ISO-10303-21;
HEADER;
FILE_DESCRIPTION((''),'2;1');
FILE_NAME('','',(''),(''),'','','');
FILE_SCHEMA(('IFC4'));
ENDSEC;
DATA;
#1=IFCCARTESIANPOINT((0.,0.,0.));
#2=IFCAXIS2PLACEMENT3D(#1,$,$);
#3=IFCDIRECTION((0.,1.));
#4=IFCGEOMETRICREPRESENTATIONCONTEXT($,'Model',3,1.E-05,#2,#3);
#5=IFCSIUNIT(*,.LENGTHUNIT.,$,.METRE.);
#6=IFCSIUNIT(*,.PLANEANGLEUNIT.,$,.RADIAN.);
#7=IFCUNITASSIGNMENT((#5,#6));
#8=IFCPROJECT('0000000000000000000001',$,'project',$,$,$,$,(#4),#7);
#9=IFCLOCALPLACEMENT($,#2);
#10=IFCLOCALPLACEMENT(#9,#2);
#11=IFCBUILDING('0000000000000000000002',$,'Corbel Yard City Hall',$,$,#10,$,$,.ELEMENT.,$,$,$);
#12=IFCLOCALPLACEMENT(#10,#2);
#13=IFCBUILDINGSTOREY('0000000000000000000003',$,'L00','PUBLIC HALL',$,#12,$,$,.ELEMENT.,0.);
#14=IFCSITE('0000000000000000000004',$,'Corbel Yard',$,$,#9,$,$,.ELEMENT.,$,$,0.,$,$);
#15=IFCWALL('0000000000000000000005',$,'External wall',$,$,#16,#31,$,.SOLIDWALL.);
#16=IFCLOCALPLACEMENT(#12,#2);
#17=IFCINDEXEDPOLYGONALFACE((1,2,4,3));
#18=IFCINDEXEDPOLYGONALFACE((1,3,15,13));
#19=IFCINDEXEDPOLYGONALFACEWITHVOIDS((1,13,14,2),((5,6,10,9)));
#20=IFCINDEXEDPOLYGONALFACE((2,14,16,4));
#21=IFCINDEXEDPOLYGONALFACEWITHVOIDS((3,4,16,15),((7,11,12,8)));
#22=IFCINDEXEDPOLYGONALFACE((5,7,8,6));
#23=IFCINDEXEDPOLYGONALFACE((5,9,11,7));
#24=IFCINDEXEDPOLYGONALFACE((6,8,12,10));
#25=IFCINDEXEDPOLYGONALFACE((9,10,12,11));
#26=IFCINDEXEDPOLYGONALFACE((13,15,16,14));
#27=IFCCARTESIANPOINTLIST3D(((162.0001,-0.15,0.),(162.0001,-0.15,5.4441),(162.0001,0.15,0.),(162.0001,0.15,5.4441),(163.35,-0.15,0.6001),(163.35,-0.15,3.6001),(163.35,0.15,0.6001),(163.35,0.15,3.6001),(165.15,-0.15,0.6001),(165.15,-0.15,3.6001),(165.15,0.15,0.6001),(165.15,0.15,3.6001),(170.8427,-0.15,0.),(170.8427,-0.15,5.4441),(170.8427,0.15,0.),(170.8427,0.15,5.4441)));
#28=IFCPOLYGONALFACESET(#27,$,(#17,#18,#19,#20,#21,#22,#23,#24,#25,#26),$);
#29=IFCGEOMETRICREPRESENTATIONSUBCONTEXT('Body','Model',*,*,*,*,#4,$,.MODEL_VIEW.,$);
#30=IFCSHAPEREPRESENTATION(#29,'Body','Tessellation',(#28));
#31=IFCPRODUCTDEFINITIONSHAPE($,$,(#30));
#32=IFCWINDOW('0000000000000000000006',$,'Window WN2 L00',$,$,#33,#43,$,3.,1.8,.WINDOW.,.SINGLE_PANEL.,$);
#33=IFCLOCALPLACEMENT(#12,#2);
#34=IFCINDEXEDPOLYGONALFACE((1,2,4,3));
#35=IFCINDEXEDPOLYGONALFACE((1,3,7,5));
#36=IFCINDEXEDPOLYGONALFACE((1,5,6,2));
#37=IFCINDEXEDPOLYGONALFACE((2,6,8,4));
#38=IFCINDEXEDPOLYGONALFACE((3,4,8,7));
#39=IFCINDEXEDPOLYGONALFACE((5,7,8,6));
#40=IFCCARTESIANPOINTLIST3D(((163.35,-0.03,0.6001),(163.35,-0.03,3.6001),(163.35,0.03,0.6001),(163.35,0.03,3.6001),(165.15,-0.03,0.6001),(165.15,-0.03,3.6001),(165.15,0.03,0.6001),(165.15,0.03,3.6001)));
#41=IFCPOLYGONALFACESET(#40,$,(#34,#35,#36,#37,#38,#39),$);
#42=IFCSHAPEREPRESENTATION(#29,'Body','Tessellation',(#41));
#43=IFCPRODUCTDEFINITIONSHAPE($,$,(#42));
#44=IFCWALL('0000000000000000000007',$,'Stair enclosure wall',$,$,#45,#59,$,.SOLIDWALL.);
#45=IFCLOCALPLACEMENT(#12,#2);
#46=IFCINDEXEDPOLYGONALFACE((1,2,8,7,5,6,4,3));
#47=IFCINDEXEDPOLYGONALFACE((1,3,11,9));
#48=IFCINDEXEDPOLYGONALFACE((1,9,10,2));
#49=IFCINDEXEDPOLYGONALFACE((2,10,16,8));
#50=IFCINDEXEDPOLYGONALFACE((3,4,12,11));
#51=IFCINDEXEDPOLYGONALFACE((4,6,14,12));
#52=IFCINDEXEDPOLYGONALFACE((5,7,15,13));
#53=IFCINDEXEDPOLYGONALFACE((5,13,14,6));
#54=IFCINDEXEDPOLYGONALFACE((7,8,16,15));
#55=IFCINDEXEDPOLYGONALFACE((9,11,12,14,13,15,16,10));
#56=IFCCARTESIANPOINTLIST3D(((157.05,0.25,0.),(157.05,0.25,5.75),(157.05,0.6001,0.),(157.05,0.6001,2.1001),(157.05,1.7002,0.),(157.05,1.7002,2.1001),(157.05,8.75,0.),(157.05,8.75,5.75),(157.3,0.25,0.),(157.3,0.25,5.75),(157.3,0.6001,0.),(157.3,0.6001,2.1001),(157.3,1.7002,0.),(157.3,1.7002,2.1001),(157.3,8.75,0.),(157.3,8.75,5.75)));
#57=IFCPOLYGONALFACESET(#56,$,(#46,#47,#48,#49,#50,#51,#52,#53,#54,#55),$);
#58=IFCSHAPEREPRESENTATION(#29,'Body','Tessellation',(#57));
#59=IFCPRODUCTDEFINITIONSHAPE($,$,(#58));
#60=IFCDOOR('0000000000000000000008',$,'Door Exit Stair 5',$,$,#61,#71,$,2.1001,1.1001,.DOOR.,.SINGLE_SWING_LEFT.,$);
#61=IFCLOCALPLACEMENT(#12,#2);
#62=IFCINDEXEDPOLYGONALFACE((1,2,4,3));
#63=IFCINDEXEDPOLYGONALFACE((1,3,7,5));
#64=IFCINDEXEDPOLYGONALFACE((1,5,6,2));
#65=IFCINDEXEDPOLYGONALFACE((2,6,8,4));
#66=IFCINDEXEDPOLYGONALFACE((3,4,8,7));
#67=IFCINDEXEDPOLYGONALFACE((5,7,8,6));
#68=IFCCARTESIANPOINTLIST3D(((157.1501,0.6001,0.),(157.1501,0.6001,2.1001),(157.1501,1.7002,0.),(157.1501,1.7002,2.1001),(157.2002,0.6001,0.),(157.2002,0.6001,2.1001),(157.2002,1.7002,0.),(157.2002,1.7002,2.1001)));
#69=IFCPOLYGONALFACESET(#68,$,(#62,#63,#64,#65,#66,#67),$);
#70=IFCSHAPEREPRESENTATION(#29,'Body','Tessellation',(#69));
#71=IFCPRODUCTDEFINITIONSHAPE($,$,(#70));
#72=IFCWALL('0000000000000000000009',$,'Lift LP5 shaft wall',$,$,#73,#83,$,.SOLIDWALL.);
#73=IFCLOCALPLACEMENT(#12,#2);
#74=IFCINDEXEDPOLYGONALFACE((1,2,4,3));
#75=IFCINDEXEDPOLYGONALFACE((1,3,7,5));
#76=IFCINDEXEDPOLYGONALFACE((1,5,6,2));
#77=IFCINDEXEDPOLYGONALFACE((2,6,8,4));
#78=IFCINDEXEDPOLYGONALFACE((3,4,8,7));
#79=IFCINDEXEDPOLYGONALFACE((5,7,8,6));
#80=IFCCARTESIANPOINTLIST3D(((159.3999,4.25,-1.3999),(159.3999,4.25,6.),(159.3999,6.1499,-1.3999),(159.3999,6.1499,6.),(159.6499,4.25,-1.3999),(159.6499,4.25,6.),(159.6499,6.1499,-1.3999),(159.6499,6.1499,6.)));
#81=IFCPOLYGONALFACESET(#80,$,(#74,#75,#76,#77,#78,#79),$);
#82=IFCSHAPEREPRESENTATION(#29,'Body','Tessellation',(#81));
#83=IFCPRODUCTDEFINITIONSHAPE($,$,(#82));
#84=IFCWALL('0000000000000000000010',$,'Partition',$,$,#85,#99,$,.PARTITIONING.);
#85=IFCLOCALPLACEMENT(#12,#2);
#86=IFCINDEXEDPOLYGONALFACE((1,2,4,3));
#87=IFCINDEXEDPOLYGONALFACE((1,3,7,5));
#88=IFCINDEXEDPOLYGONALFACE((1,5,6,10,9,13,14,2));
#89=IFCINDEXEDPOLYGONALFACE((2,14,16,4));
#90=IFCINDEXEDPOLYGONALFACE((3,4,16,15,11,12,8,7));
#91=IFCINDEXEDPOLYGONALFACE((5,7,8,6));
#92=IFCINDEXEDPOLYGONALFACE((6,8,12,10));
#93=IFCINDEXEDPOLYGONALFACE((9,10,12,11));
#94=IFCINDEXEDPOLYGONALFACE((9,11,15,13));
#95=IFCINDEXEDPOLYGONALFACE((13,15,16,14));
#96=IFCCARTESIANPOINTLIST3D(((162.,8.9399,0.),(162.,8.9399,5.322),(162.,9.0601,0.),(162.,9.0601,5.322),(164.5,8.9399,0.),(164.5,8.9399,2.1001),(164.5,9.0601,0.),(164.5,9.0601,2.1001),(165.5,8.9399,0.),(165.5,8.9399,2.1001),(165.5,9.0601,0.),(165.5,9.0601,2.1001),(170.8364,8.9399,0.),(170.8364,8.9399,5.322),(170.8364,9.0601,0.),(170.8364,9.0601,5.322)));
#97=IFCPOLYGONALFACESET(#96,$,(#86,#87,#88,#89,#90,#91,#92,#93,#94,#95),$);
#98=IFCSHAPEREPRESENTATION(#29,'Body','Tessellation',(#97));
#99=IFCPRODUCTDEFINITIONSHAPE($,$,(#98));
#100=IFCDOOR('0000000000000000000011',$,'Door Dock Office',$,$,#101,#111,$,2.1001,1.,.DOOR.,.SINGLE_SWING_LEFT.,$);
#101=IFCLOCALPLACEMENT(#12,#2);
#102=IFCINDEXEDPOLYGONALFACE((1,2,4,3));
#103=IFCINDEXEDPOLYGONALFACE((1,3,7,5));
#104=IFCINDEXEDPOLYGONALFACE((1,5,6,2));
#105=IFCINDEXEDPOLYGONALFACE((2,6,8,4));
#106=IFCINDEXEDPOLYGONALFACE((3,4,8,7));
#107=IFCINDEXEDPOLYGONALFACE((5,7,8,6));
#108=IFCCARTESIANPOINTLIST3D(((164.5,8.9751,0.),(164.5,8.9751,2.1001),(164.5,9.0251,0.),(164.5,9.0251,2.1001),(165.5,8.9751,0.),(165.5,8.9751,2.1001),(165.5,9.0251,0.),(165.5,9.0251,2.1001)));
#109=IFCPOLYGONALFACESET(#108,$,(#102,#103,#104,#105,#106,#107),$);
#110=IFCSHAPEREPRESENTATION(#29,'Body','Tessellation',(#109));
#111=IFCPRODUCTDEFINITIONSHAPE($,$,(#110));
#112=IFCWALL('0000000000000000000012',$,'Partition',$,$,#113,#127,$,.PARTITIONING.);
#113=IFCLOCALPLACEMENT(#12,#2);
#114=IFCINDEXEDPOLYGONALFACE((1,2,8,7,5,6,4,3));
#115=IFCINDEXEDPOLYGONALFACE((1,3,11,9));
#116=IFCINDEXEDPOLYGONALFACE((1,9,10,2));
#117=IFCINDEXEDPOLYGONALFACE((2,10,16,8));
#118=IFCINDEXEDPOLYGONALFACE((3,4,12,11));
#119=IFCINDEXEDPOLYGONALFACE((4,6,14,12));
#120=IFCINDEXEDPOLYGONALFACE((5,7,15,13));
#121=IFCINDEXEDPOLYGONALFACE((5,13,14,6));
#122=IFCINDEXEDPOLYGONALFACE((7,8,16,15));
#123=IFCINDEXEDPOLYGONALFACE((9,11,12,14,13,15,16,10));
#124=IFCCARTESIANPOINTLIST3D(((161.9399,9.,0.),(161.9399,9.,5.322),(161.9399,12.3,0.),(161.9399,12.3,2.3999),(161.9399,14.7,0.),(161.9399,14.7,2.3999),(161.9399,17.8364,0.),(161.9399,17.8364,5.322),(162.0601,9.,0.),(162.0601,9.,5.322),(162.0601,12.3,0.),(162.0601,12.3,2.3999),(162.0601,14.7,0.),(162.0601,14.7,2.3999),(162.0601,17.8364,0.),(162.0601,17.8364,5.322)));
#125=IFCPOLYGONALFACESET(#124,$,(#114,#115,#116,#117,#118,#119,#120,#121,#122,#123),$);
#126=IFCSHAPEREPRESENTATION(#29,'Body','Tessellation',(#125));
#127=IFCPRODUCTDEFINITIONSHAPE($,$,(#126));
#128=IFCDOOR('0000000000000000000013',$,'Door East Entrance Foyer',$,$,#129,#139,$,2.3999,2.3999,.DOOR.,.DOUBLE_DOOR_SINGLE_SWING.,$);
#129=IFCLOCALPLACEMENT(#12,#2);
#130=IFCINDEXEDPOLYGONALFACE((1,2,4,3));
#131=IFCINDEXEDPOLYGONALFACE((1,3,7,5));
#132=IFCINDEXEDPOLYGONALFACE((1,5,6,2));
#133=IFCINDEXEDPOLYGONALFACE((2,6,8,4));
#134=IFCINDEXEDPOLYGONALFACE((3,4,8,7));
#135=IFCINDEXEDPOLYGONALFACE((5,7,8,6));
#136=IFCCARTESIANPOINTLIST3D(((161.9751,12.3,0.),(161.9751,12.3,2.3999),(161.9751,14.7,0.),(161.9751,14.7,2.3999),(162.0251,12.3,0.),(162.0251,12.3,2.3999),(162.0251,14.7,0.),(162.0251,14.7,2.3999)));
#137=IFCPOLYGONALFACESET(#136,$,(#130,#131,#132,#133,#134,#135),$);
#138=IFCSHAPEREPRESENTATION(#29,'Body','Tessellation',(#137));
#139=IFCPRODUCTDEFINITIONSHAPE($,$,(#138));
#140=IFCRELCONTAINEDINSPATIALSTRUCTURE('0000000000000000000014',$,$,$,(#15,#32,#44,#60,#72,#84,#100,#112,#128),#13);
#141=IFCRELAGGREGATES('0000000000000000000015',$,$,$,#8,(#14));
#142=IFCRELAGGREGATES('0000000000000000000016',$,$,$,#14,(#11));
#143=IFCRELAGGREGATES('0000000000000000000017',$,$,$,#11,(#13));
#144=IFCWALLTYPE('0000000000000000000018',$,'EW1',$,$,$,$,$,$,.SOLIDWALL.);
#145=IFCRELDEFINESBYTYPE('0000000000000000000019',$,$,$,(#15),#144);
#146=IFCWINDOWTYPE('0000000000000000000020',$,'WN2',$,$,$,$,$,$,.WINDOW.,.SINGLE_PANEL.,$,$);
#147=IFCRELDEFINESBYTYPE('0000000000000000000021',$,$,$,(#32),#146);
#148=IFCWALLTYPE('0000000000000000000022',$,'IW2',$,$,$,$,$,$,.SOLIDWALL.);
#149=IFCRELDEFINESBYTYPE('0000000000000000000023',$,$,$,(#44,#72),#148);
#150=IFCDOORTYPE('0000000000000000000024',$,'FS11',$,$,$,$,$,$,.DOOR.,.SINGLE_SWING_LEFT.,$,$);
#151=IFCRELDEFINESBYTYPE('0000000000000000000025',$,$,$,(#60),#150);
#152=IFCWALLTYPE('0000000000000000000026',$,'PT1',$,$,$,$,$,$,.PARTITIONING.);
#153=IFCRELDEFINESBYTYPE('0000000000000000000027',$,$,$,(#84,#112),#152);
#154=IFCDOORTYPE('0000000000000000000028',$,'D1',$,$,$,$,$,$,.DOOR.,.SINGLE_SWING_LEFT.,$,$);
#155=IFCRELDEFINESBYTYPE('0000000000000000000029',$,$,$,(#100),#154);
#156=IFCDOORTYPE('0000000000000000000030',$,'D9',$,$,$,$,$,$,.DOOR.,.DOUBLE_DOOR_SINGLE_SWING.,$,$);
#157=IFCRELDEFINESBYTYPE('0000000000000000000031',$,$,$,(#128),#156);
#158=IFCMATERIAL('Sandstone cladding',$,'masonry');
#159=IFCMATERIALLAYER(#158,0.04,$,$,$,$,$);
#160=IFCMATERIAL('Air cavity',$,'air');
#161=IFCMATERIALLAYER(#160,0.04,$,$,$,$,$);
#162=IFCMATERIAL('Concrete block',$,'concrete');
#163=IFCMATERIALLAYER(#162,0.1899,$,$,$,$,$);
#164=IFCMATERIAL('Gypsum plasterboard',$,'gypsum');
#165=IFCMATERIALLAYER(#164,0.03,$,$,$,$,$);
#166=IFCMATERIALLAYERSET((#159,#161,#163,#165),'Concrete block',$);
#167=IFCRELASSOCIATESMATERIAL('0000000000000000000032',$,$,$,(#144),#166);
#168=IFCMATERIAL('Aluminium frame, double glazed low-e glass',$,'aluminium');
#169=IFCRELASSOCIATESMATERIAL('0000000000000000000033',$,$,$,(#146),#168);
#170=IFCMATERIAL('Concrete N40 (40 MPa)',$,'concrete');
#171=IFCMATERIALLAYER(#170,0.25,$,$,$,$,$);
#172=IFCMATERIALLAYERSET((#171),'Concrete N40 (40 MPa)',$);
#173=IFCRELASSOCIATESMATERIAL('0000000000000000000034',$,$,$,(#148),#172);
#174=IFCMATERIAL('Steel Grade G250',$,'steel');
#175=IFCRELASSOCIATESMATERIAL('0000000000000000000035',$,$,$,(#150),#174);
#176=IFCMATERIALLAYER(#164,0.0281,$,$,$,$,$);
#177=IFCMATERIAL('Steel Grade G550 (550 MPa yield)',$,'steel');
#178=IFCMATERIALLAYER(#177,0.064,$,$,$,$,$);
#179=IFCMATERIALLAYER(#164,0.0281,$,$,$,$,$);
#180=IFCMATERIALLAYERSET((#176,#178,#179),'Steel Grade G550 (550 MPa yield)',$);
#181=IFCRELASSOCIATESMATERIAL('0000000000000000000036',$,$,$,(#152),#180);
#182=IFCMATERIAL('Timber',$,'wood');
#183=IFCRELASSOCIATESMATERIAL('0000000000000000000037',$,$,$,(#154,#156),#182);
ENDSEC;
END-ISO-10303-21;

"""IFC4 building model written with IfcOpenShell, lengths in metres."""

from ifc_helpers import new_model, si_unit, direction, frame, frame_2d, origin, place, context, subcontext, project, spatial, rectangle, extrude, material, layer, layer_set, type_object, element, fill, save


model = new_model("IFC4")

# Units and contexts
model_context = context("Model", 3, precision=1e-05, world=origin(), true_north=direction((0.0, 1.0)))
body_context = subcontext(model_context, "Body", "Model", "MODEL_VIEW")
ifc_project = project(units=[si_unit("LENGTHUNIT", "METRE"), si_unit("PLANEANGLEUNIT", "RADIAN")], contexts=[model_context])

# Site, building, storey
site_placement = place(None, origin())
site = spatial("IfcSite", under=ifc_project, at=site_placement, Name="Corbel Yard", CompositionType="ELEMENT", RefElevation=0.0)
building_placement = place(site_placement, origin())
building = spatial("IfcBuilding", under=site, at=building_placement, Name="Corbel Yard City Hall", CompositionType="ELEMENT")
storey_placement = place(building_placement, origin())
storey = spatial("IfcBuildingStorey", under=building, at=storey_placement, Name="L00", Description="PUBLIC HALL", CompositionType="ELEMENT", Elevation=0.0)

# Shared definitions
ifc_material_1 = material(Name="Concrete N40 (40 MPa)", Category="concrete")

# Wall, opening, window
ifc_material_2 = material(Name="Sandstone cladding", Category="masonry")
ifc_layer_1 = layer(ifc_material_2, 0.04)
ifc_material_3 = material(Name="Air cavity", Category="air")
ifc_layer_2 = layer(ifc_material_3, 0.04)
ifc_material_4 = material(Name="Concrete block", Category="concrete")
ifc_layer_3 = layer(ifc_material_4, 0.1899)
ifc_material_5 = material(Name="Gypsum plasterboard", Category="gypsum")
ifc_layer_4 = layer(ifc_material_5, 0.03)
ifc_layer_set_1 = layer_set([ifc_layer_1, ifc_layer_2, ifc_layer_3, ifc_layer_4], Name="Concrete block")
wall_type_1 = type_object("IfcWallType", Name="EW1", PredefinedType="SOLIDWALL", material=ifc_layer_set_1)
wall_1_placement = place(storey_placement, frame((162.0, 0.0, 0.0), z_axis=(0.0, 0.0, 1.0), x_axis=(1.0, 0.0, 0.0)))
wall_1 = element("IfcWall", 1, at=wall_1_placement, inside=storey, type_object=wall_type_1, Name="External wall", PredefinedType="SOLIDWALL", context=body_context, shape_type="SweptSolid", body=[
    extrude(rectangle(XDim=8.8425, YDim=0.3, at=frame_2d((4.4214, 0.0))), origin(), (0.0, 0.0, 1.0), 5.4441),
])
opening_1_placement = place(wall_1_placement, frame((1.3501, 0.0, 0.6001)))
opening_1 = element("IfcOpeningElement", 2, at=opening_1_placement, cuts=wall_1, PredefinedType="OPENING", context=body_context, shape_type="SweptSolid", body=[
    extrude(rectangle(XDim=1.8, YDim=3.0, at=frame_2d((0.8999, 1.5))), frame((0.0, 0.1599, 0.0), z_axis=(0.0, -1.0, 0.0), x_axis=(1.0, 0.0, 0.0)), (0.0, 0.0, 1.0), 0.3201),
])
ifc_material_6 = material(Name="Aluminium frame, double glazed low-e glass", Category="aluminium")
window_type = type_object("IfcWindowType", Name="WN2", PartitioningType="SINGLE_PANEL", PredefinedType="WINDOW", material=ifc_material_6)
window_placement = place(opening_1_placement, origin())
window = element("IfcWindow", 3, at=window_placement, inside=storey, type_object=window_type, Name="Window WN2 L00", OverallHeight=3.0, OverallWidth=1.8, PartitioningType="SINGLE_PANEL", PredefinedType="WINDOW", context=body_context, shape_type="SweptSolid", body=[
    extrude(rectangle(XDim=1.8, YDim=3.0, at=frame_2d((0.8999, 1.5))), frame((0.0, 0.03, 0.0), z_axis=(0.0, -1.0, 0.0), x_axis=(1.0, 0.0, 0.0)), (0.0, 0.0, 1.0), 0.0601),
])
fill(opening_1, window)

# Wall, opening, door
ifc_layer_5 = layer(ifc_material_1, 0.25)
ifc_layer_set_2 = layer_set([ifc_layer_5], Name="Concrete N40 (40 MPa)")
wall_type_2 = type_object("IfcWallType", Name="IW2", PredefinedType="SOLIDWALL", material=ifc_layer_set_2)
wall_2_placement = place(storey_placement, frame((157.175, 0.25, 0.0), z_axis=(0.0, 0.0, 1.0), x_axis=(0.0, 1.0, 0.0)))
wall_2 = element("IfcWall", 4, at=wall_2_placement, inside=storey, type_object=wall_type_2, Name="Stair enclosure wall", PredefinedType="SOLIDWALL", context=body_context, shape_type="SweptSolid", body=[
    extrude(rectangle(XDim=8.5, YDim=0.25, at=frame_2d((4.25, 0.0))), origin(), (0.0, 0.0, 1.0), 5.75),
])
opening_2_placement = place(wall_2_placement, frame((0.3501, 0.0, 0.0)))
opening_2 = element("IfcOpeningElement", 5, at=opening_2_placement, cuts=wall_2, PredefinedType="OPENING", context=body_context, shape_type="SweptSolid", body=[
    extrude(rectangle(XDim=1.1001, YDim=2.1001, at=frame_2d((0.55, 1.05))), frame((0.0, 0.135, 0.0), z_axis=(0.0, -1.0, 0.0), x_axis=(1.0, 0.0, 0.0)), (0.0, 0.0, 1.0), 0.27),
])
ifc_material_7 = material(Name="Steel Grade G250", Category="steel")
door_type_1 = type_object("IfcDoorType", Name="FS11", OperationType="SINGLE_SWING_LEFT", PredefinedType="DOOR", material=ifc_material_7)
door_1_placement = place(opening_2_placement, origin())
door_1 = element("IfcDoor", 6, at=door_1_placement, inside=storey, type_object=door_type_1, Name="Door Exit Stair 5", OperationType="SINGLE_SWING_LEFT", OverallHeight=2.1001, OverallWidth=1.1001, PredefinedType="DOOR", context=body_context, shape_type="SweptSolid", body=[
    extrude(rectangle(XDim=1.1001, YDim=2.1001, at=frame_2d((0.55, 1.05))), frame((0.0, 0.0249, 0.0), z_axis=(0.0, -1.0, 0.0), x_axis=(1.0, 0.0, 0.0)), (0.0, 0.0, 1.0), 0.05),
])
fill(opening_2, door_1)

# Wall
wall_3_placement = place(storey_placement, frame((159.5249, 4.25, -1.3999), z_axis=(0.0, 0.0, 1.0), x_axis=(0.0, 1.0, 0.0)))
element("IfcWall", 7, at=wall_3_placement, inside=storey, type_object=wall_type_2, Name="Lift LP5 shaft wall", PredefinedType="SOLIDWALL", context=body_context, shape_type="SweptSolid", body=[
    extrude(rectangle(XDim=1.8999, YDim=0.25, at=frame_2d((0.95, 0.0))), origin(), (0.0, 0.0, 1.0), 7.3999),
])

# Walls, openings, doors
ifc_layer_6 = layer(ifc_material_5, 0.0281)
ifc_material_8 = material(Name="Steel Grade G550 (550 MPa yield)", Category="steel")
ifc_layer_7 = layer(ifc_material_8, 0.064)
ifc_layer_8 = layer(ifc_material_5, 0.0281)
ifc_layer_set_3 = layer_set([ifc_layer_6, ifc_layer_7, ifc_layer_8], Name="Steel Grade G550 (550 MPa yield)")
wall_type_3 = type_object("IfcWallType", Name="PT1", PredefinedType="PARTITIONING", material=ifc_layer_set_3)
wall_4_placement = place(storey_placement, frame((162.0, 9.0, 0.0), z_axis=(0.0, 0.0, 1.0), x_axis=(1.0, 0.0, 0.0)))
wall_4 = element("IfcWall", 8, at=wall_4_placement, inside=storey, type_object=wall_type_3, Name="Partition", PredefinedType="PARTITIONING", context=body_context, shape_type="SweptSolid", body=[
    extrude(rectangle(XDim=8.8364, YDim=0.1201, at=frame_2d((4.4182, 0.0))), origin(), (0.0, 0.0, 1.0), 5.322),
])
opening_3_placement = place(wall_4_placement, frame((2.5, 0.0, 0.0)))
opening_3 = element("IfcOpeningElement", 9, at=opening_3_placement, cuts=wall_4, PredefinedType="OPENING", context=body_context, shape_type="SweptSolid", body=[
    extrude(rectangle(XDim=1.0, YDim=2.1001, at=frame_2d((0.5, 1.05))), frame((0.0, 0.0701, 0.0), z_axis=(0.0, -1.0, 0.0), x_axis=(1.0, 0.0, 0.0)), (0.0, 0.0, 1.0), 0.1401),
])
ifc_material_9 = material(Name="Timber", Category="wood")
door_type_2 = type_object("IfcDoorType", Name="D1", OperationType="SINGLE_SWING_LEFT", PredefinedType="DOOR", material=ifc_material_9)
door_2_placement = place(opening_3_placement, frame((1.0, 0.0, 0.0), z_axis=(0.0, 0.0, 1.0), x_axis=(-1.0, 0.0, 0.0)))
door_2 = element("IfcDoor", 10, at=door_2_placement, inside=storey, type_object=door_type_2, Name="Door Dock Office", OperationType="SINGLE_SWING_LEFT", OverallHeight=2.1001, OverallWidth=1.0, PredefinedType="DOOR", context=body_context, shape_type="SweptSolid", body=[
    extrude(rectangle(XDim=1.0, YDim=2.1001, at=frame_2d((0.5, 1.05))), frame((0.0, 0.0249, 0.0), z_axis=(0.0, -1.0, 0.0), x_axis=(1.0, 0.0, 0.0)), (0.0, 0.0, 1.0), 0.05),
])
fill(opening_3, door_2)
wall_5_placement = place(storey_placement, frame((162.0, 9.0, 0.0), z_axis=(0.0, 0.0, 1.0), x_axis=(0.0, 1.0, 0.0)))
wall_5 = element("IfcWall", 11, at=wall_5_placement, inside=storey, type_object=wall_type_3, Name="Partition", PredefinedType="PARTITIONING", context=body_context, shape_type="SweptSolid", body=[
    extrude(rectangle(XDim=8.8364, YDim=0.1201, at=frame_2d((4.4182, 0.0))), origin(), (0.0, 0.0, 1.0), 5.322),
])
opening_4_placement = place(wall_5_placement, frame((3.3, 0.0, 0.0)))
opening_4 = element("IfcOpeningElement", 12, at=opening_4_placement, cuts=wall_5, PredefinedType="OPENING", context=body_context, shape_type="SweptSolid", body=[
    extrude(rectangle(XDim=2.3999, YDim=2.3999, at=frame_2d((1.2, 1.2))), frame((0.0, 0.0701, 0.0), z_axis=(0.0, -1.0, 0.0), x_axis=(1.0, 0.0, 0.0)), (0.0, 0.0, 1.0), 0.1401),
])
door_type_3 = type_object("IfcDoorType", Name="D9", OperationType="DOUBLE_DOOR_SINGLE_SWING", PredefinedType="DOOR", material=ifc_material_9)
door_3_placement = place(opening_4_placement, origin())
door_3 = element("IfcDoor", 13, at=door_3_placement, inside=storey, type_object=door_type_3, Name="Door East Entrance Foyer", OperationType="DOUBLE_DOOR_SINGLE_SWING", OverallHeight=2.3999, OverallWidth=2.3999, PredefinedType="DOOR", context=body_context, shape_type="SweptSolid", body=[
    extrude(rectangle(XDim=2.3999, YDim=2.3999, at=frame_2d((1.2, 1.2))), frame((0.0, 0.0249, 0.0), z_axis=(0.0, -1.0, 0.0), x_axis=(1.0, 0.0, 0.0)), (0.0, 0.0, 1.0), 0.05),
])
fill(opening_4, door_3)

save(model, "model.ifc")
